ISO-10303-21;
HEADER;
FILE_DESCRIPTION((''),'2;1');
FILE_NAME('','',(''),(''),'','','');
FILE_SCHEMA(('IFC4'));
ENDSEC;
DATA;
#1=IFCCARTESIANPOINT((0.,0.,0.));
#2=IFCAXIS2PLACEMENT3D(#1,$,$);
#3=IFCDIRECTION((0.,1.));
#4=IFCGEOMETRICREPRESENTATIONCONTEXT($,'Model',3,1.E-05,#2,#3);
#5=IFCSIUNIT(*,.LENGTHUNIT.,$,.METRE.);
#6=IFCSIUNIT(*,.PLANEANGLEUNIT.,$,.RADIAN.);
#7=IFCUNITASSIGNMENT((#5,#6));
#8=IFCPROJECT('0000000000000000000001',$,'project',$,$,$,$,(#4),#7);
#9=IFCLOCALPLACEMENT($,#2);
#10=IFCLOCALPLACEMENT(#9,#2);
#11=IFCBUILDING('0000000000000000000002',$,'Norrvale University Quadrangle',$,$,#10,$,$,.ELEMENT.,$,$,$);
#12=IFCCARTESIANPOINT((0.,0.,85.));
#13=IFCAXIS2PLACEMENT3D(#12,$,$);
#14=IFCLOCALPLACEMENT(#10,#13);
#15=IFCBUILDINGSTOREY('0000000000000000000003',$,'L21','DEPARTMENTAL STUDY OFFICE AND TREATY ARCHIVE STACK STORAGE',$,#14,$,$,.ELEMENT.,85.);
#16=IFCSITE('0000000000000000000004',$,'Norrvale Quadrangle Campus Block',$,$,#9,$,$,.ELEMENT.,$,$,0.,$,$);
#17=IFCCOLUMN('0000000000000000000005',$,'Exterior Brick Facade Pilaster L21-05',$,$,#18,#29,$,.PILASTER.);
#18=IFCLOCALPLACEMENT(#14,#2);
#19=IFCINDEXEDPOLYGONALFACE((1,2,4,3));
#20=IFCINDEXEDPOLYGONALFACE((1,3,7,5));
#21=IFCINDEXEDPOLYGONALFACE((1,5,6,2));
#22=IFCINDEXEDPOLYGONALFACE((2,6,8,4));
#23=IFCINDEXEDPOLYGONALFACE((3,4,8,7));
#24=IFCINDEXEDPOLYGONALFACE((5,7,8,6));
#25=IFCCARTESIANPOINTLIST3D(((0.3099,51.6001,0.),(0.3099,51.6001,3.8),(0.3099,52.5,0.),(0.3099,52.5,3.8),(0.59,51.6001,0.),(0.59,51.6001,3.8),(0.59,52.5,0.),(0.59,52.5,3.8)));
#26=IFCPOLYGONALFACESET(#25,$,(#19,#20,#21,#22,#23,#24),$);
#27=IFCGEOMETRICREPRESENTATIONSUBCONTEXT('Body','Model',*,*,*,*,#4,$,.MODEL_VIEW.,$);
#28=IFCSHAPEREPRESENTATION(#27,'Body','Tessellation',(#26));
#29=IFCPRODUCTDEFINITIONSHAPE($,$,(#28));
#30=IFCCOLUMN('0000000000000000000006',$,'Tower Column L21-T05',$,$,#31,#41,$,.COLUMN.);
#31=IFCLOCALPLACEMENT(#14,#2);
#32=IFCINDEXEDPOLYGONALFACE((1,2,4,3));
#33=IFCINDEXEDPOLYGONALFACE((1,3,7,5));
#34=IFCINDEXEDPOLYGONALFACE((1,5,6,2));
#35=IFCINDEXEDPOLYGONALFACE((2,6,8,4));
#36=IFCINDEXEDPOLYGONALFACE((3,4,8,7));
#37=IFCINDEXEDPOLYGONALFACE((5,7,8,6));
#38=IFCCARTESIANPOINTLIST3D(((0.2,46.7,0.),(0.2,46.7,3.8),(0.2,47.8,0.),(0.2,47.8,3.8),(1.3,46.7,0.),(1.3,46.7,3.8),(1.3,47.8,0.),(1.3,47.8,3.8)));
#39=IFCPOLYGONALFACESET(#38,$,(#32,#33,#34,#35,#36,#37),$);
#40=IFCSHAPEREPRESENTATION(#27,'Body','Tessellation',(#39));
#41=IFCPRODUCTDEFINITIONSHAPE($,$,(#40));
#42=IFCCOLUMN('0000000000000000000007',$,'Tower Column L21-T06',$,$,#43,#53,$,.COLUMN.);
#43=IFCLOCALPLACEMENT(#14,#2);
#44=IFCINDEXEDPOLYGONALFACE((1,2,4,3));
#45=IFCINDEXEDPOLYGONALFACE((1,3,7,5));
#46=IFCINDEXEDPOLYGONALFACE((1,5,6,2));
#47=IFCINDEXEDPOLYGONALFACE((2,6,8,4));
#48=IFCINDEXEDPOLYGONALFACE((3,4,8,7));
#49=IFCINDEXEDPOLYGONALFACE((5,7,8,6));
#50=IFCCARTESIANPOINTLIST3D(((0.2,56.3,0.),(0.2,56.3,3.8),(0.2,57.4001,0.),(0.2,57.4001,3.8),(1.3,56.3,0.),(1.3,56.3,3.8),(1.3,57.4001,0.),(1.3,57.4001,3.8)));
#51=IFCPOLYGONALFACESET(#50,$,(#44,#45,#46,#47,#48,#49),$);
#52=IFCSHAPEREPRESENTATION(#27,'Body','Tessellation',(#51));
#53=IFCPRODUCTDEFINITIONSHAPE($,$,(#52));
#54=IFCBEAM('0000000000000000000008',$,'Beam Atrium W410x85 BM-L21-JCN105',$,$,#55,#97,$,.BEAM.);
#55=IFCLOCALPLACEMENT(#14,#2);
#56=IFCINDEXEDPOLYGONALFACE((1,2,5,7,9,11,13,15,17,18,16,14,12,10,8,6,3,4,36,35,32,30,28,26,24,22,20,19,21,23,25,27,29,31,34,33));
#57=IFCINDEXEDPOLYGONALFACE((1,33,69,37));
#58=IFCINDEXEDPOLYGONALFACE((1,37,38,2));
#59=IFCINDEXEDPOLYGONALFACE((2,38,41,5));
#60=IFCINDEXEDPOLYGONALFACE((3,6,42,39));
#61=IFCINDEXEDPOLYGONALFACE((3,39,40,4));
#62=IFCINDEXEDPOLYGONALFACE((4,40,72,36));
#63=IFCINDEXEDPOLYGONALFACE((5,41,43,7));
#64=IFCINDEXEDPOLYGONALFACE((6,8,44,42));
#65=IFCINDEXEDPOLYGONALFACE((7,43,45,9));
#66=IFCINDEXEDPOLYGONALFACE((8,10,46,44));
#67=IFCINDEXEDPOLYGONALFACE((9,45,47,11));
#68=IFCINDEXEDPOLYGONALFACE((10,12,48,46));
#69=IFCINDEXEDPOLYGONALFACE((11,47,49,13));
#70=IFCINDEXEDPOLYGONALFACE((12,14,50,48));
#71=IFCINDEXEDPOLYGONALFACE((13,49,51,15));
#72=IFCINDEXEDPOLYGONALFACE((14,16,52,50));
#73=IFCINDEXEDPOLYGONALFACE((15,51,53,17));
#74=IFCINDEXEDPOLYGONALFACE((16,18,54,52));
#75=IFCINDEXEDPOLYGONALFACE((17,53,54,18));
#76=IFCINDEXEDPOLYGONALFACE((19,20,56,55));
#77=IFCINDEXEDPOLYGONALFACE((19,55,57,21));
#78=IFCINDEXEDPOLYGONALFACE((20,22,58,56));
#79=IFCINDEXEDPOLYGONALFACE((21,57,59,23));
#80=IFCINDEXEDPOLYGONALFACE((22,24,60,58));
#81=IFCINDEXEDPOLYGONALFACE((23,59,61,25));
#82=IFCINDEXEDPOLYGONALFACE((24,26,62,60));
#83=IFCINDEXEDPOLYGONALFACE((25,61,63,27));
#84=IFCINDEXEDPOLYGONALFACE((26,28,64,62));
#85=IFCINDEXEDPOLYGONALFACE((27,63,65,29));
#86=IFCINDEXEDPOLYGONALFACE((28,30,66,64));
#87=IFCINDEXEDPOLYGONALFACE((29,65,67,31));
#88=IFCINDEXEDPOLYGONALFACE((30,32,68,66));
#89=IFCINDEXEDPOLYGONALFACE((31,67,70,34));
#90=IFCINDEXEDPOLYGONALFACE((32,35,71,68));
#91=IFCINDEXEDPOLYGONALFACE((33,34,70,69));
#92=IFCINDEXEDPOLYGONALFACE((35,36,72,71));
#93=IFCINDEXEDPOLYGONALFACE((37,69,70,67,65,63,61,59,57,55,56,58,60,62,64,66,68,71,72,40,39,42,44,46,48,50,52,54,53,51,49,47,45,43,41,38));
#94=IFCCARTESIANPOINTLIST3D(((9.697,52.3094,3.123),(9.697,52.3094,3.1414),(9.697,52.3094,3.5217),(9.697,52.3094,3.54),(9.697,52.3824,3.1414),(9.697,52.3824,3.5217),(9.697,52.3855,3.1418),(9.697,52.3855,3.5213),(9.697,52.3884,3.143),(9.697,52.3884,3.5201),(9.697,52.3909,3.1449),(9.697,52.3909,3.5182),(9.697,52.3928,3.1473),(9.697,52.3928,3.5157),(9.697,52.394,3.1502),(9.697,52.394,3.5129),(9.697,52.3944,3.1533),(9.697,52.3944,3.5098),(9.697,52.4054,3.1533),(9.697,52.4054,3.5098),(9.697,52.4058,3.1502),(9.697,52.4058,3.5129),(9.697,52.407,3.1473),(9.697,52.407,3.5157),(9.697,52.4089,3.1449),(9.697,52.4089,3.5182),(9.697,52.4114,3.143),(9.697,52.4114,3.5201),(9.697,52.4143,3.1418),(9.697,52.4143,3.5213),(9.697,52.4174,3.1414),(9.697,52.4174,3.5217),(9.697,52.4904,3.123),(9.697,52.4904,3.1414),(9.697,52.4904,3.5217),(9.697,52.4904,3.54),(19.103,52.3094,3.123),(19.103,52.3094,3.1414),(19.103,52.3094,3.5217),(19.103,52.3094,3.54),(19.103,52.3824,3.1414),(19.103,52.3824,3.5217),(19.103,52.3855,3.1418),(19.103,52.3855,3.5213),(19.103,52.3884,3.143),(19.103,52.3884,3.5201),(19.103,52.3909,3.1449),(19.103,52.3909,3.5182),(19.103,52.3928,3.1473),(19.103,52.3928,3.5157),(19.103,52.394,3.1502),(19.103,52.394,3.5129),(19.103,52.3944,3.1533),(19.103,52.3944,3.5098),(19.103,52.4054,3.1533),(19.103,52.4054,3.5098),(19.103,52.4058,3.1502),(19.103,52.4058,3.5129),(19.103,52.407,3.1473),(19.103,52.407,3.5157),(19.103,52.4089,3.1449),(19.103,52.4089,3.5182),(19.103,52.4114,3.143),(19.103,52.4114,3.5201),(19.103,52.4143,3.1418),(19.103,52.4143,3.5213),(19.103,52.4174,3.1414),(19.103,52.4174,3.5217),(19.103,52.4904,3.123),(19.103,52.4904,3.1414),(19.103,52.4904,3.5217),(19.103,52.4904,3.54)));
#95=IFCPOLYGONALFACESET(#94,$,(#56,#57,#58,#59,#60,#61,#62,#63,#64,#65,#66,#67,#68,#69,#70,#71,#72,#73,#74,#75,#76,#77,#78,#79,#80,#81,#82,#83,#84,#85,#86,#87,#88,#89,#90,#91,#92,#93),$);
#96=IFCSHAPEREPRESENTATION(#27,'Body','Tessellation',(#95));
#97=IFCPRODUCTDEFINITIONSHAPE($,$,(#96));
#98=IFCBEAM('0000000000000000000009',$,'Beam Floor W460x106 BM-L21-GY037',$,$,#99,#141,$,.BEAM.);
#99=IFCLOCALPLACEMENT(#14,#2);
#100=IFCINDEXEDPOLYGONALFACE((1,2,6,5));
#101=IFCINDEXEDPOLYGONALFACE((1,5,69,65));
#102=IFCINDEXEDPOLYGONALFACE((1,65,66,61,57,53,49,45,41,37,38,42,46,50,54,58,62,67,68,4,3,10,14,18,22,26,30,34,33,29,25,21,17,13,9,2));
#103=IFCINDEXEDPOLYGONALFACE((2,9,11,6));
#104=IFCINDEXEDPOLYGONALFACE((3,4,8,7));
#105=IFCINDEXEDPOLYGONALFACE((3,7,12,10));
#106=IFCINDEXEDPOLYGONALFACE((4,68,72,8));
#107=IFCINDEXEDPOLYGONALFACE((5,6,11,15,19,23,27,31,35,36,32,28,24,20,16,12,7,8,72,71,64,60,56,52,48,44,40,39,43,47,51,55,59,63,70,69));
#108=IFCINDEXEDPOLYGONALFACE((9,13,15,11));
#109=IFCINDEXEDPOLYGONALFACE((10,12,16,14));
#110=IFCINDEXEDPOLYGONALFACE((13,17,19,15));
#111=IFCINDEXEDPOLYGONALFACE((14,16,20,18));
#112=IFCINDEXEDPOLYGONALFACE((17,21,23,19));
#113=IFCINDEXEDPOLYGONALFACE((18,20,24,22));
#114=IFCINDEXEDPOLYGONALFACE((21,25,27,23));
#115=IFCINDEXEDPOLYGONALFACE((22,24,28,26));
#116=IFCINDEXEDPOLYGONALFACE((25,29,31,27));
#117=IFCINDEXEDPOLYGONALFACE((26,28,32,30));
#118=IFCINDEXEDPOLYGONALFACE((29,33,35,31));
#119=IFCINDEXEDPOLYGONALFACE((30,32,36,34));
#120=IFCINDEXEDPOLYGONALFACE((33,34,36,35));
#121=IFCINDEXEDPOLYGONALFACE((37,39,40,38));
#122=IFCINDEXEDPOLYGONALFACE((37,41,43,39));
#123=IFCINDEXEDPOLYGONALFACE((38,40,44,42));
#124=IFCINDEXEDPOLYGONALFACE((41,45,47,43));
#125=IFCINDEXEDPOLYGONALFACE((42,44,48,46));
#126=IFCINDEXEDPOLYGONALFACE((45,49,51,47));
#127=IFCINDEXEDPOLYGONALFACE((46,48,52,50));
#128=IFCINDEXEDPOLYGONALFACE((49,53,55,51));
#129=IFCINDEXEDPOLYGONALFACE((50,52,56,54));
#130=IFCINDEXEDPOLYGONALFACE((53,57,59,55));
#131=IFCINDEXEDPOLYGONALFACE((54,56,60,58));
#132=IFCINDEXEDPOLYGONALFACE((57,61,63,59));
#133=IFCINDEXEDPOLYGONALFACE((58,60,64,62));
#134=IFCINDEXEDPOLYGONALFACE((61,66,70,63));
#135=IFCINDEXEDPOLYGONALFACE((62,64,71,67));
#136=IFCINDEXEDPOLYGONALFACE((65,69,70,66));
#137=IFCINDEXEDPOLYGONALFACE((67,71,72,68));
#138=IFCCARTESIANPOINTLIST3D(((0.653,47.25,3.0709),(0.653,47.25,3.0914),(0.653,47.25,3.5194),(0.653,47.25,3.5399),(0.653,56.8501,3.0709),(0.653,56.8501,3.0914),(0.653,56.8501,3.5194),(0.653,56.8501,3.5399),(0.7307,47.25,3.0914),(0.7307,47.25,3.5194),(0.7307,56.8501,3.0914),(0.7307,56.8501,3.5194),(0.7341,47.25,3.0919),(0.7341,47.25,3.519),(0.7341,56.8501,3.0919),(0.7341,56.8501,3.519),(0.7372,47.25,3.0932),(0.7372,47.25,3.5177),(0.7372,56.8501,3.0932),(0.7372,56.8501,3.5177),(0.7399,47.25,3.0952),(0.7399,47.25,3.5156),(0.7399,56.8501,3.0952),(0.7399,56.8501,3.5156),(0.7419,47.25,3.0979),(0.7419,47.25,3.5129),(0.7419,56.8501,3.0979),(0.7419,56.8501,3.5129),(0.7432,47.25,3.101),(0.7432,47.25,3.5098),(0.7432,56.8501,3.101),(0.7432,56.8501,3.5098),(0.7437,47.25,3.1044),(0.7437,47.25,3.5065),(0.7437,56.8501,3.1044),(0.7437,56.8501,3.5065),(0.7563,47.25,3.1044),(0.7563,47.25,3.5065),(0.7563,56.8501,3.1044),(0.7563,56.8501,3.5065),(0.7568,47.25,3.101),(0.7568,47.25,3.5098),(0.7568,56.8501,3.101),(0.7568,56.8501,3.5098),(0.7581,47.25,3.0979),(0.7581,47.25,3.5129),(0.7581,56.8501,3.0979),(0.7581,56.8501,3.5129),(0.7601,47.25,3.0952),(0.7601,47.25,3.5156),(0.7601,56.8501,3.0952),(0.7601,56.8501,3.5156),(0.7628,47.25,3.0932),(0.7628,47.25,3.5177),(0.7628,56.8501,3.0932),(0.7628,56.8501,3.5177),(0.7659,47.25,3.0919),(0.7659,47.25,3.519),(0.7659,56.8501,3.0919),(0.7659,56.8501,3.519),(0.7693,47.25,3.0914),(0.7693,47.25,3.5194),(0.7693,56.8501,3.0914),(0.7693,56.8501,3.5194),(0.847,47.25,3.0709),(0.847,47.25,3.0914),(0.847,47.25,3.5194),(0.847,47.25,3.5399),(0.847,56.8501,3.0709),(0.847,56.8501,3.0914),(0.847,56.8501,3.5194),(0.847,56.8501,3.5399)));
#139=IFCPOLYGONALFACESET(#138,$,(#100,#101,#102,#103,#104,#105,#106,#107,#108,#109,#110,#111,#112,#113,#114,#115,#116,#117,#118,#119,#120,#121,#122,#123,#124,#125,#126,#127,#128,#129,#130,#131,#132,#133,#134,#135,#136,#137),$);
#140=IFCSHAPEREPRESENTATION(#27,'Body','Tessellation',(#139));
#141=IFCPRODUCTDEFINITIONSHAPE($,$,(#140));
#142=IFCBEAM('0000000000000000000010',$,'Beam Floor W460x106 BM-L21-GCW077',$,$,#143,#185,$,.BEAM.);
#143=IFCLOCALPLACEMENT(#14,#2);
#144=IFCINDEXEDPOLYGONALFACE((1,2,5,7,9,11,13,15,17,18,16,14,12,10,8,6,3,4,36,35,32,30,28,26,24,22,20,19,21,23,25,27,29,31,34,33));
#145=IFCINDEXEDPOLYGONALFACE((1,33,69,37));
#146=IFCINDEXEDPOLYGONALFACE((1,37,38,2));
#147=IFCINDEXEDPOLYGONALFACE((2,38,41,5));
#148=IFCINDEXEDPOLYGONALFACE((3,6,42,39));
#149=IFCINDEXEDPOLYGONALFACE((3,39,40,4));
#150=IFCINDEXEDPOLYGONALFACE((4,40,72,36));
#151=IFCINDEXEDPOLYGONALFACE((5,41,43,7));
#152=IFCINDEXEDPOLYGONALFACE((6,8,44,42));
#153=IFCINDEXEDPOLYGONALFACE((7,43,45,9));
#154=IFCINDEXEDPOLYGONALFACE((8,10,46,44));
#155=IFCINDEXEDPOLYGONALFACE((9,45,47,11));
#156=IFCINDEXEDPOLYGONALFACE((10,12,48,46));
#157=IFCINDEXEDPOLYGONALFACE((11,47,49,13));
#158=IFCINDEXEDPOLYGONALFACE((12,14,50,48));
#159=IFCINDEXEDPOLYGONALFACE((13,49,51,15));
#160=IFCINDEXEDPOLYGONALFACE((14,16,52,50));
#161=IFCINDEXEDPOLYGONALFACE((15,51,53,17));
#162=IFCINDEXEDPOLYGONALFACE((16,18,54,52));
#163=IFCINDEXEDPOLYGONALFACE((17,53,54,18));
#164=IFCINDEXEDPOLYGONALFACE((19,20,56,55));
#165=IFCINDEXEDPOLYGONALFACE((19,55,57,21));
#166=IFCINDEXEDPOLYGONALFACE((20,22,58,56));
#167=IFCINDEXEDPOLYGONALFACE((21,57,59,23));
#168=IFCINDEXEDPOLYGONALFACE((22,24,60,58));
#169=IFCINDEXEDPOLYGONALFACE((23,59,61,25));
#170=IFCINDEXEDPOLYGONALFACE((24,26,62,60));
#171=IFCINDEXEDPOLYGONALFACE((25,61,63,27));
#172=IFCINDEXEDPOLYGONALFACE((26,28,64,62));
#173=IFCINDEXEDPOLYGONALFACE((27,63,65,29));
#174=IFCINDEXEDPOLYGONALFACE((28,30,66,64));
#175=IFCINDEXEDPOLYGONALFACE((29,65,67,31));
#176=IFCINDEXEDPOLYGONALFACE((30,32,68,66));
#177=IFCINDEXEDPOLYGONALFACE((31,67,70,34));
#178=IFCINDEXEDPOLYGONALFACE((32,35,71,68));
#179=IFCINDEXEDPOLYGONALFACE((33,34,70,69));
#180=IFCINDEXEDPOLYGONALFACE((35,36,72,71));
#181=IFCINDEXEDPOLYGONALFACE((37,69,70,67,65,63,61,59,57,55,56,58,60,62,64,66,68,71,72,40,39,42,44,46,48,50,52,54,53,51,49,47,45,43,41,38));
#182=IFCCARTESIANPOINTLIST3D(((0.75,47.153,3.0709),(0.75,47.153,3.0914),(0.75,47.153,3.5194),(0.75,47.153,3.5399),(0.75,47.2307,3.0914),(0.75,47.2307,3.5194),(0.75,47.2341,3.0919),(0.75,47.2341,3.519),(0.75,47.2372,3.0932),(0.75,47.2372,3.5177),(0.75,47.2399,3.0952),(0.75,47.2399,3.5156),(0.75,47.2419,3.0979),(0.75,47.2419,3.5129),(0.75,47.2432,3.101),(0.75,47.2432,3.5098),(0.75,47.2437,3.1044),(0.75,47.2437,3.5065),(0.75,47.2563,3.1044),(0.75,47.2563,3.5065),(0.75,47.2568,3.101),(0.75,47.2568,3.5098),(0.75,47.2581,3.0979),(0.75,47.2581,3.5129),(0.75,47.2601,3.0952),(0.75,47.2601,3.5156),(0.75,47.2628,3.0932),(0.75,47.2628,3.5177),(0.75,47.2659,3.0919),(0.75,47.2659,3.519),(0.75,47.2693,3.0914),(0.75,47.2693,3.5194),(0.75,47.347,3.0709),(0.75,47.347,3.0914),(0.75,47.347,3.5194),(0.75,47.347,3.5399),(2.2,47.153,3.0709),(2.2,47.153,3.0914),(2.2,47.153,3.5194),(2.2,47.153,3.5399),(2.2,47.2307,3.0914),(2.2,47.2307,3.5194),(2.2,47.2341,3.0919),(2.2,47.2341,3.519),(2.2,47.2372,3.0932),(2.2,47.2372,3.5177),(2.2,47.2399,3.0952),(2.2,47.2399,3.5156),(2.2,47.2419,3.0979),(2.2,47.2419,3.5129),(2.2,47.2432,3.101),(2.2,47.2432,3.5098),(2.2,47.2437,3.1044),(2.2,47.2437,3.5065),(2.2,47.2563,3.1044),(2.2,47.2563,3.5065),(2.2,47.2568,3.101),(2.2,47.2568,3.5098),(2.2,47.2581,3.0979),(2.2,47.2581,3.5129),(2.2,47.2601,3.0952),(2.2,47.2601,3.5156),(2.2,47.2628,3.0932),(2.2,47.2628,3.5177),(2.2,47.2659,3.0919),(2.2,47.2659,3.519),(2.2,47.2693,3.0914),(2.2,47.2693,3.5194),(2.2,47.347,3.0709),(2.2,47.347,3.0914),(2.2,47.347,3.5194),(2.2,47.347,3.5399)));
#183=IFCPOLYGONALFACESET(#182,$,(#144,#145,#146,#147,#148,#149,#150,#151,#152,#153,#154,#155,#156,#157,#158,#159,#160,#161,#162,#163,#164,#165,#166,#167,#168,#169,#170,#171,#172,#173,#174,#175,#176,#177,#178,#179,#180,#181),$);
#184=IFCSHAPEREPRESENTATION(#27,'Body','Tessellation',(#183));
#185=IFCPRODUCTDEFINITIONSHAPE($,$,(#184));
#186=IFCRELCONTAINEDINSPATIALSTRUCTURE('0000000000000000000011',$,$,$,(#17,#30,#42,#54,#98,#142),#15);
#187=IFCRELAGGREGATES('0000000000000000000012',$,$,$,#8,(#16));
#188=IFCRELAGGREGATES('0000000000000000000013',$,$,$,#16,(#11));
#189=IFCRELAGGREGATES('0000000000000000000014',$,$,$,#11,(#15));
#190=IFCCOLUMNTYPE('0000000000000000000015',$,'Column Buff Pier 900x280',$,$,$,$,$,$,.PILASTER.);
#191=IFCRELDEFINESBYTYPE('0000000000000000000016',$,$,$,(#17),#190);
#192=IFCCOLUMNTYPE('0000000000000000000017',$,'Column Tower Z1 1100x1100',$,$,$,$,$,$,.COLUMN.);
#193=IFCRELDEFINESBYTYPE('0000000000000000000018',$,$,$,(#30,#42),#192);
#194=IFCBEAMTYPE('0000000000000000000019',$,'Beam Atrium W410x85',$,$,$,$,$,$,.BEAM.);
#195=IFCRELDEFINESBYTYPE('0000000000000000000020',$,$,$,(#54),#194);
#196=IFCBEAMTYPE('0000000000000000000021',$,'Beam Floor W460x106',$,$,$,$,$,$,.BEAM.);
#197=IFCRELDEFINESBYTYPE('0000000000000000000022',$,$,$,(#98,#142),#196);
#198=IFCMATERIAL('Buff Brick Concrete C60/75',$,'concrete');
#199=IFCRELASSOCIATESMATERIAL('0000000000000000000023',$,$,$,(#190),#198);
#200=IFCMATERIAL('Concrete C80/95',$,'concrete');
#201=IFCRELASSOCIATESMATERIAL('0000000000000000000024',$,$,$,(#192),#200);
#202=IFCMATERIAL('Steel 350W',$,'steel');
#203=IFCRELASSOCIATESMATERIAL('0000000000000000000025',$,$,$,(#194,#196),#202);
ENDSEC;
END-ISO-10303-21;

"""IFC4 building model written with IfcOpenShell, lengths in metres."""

from ifc_helpers import new_model, si_unit, direction, frame, origin, origin_2d, place, context, subcontext, project, spatial, rectangle, i_section, extrude, material, material_profile, profile_set, type_object, element, save


model = new_model("IFC4")

# Units and contexts
model_context = context("Model", 3, precision=1e-05, world=origin(), true_north=direction((0.0, 1.0)))
body_context = subcontext(model_context, "Body", "Model", "MODEL_VIEW")
ifc_project = project(units=[si_unit("LENGTHUNIT", "METRE"), si_unit("PLANEANGLEUNIT", "RADIAN")], contexts=[model_context])

# Site, building, storey
site_placement = place(None, origin())
site = spatial("IfcSite", under=ifc_project, at=site_placement, Name="Norrvale Quadrangle Campus Block", CompositionType="ELEMENT", RefElevation=0.0)
building_placement = place(site_placement, origin())
building = spatial("IfcBuilding", under=site, at=building_placement, Name="Norrvale University Quadrangle", CompositionType="ELEMENT")
storey_placement = place(building_placement, frame((0.0, 0.0, 85.0)))
storey = spatial("IfcBuildingStorey", under=building, at=storey_placement, Name="L21", Description="DEPARTMENTAL STUDY OFFICE AND TREATY ARCHIVE STACK STORAGE", CompositionType="ELEMENT", Elevation=85.0)

# Columns
ifc_material_1 = material(Name="Buff Brick Concrete C60/75", Category="concrete")
ifc_material_profile_1 = material_profile(ifc_material_1, rectangle(XDim=0.8999, YDim=0.28, at=origin_2d()), Name="Buff Brick Concrete C60/75")
ifc_profile_set_1 = profile_set([ifc_material_profile_1], Name="Buff Brick Concrete C60/75")
column_type_1 = type_object("IfcColumnType", Name="Column Buff Pier 900x280", PredefinedType="PILASTER", material=ifc_profile_set_1)
column_placement = place(storey_placement, frame((0.45, 52.05, 0.0), z_axis=(0.0, 0.0, 1.0), x_axis=(0.0, 1.0, 0.0)))
element("IfcColumn", 1, at=column_placement, inside=storey, type_object=column_type_1, Name="Exterior Brick Facade Pilaster L21-05", PredefinedType="PILASTER", context=body_context, shape_type="SweptSolid", body=[
    extrude(rectangle(XDim=0.8999, YDim=0.28, at=origin_2d()), origin(), (0.0, 0.0, 1.0), 3.8),
])
ifc_material_2 = material(Name="Concrete C80/95", Category="concrete")
ifc_material_profile_2 = material_profile(ifc_material_2, rectangle(XDim=1.1001, YDim=1.1001, at=origin_2d()), Name="Concrete C80/95")
ifc_profile_set_2 = profile_set([ifc_material_profile_2], Name="Concrete C80/95")
column_type_2 = type_object("IfcColumnType", Name="Column Tower Z1 1100x1100", PredefinedType="COLUMN", material=ifc_profile_set_2)
for number, where, z_axis, x_axis, name in (
    (2, (0.75, 47.25, 0.0), (0.0, 0.0, 1.0), (1.0, 0.0, 0.0), "Tower Column L21-T05"),
    (3, (0.75, 56.8501, 0.0), (0.0, 0.0, 1.0), (1.0, 0.0, 0.0), "Tower Column L21-T06"),
):
    element("IfcColumn", number, at=place(storey_placement, frame(where, z_axis=z_axis, x_axis=x_axis)), inside=storey, type_object=column_type_2, Name=name, PredefinedType="COLUMN", context=body_context, shape_type="SweptSolid", body=[
        extrude(rectangle(XDim=1.1001, YDim=1.1001, at=origin_2d()), origin(), (0.0, 0.0, 1.0), 3.8),
    ])

# Beams
ifc_material_3 = material(Name="Steel 350W", Category="steel")
ifc_material_profile_3 = material_profile(ifc_material_3, i_section(OverallWidth=0.1809, OverallDepth=0.417, WebThickness=0.011, FlangeThickness=0.0183, FilletRadius=0.012, at=origin_2d()), Name="Steel 350W")
ifc_profile_set_3 = profile_set([ifc_material_profile_3], Name="Steel 350W")
beam_type_1 = type_object("IfcBeamType", Name="Beam Atrium W410x85", PredefinedType="BEAM", material=ifc_profile_set_3)
beam_1_placement = place(storey_placement, frame((9.697, 52.3999, 3.3315), z_axis=(1.0, 0.0, 0.0), x_axis=(0.0, 1.0, 0.0)))
element("IfcBeam", 4, at=beam_1_placement, inside=storey, type_object=beam_type_1, Name="Beam Atrium W410x85 BM-L21-JCN105", PredefinedType="BEAM", context=body_context, shape_type="SweptSolid", body=[
    extrude(i_section(OverallWidth=0.1809, OverallDepth=0.417, WebThickness=0.011, FlangeThickness=0.0183, FilletRadius=0.012, at=origin_2d()), origin(), (0.0, 0.0, 1.0), 9.406),
])
ifc_material_profile_4 = material_profile(ifc_material_3, i_section(OverallWidth=0.1941, OverallDepth=0.469, WebThickness=0.0127, FlangeThickness=0.0205, FilletRadius=0.0129, at=origin_2d()), Name="Steel 350W")
ifc_profile_set_4 = profile_set([ifc_material_profile_4], Name="Steel 350W")
beam_type_2 = type_object("IfcBeamType", Name="Beam Floor W460x106", PredefinedType="BEAM", material=ifc_profile_set_4)
beam_2_placement = place(storey_placement, frame((0.75, 47.25, 3.3054), z_axis=(0.0, 1.0, 0.0), x_axis=(-1.0, 0.0, 0.0)))
element("IfcBeam", 5, at=beam_2_placement, inside=storey, type_object=beam_type_2, Name="Beam Floor W460x106 BM-L21-GY037", PredefinedType="BEAM", context=body_context, shape_type="SweptSolid", body=[
    extrude(i_section(OverallWidth=0.1941, OverallDepth=0.469, WebThickness=0.0127, FlangeThickness=0.0205, FilletRadius=0.0129, at=origin_2d()), origin(), (0.0, 0.0, 1.0), 9.6001),
])
beam_3_placement = place(storey_placement, frame((0.75, 47.25, 3.3054), z_axis=(1.0, 0.0, 0.0), x_axis=(0.0, 1.0, 0.0)))
element("IfcBeam", 6, at=beam_3_placement, inside=storey, type_object=beam_type_2, Name="Beam Floor W460x106 BM-L21-GCW077", PredefinedType="BEAM", context=body_context, shape_type="SweptSolid", body=[
    extrude(i_section(OverallWidth=0.1941, OverallDepth=0.469, WebThickness=0.0127, FlangeThickness=0.0205, FilletRadius=0.0129, at=origin_2d()), origin(), (0.0, 0.0, 1.0), 1.45),
])

save(model, "model.ifc")
